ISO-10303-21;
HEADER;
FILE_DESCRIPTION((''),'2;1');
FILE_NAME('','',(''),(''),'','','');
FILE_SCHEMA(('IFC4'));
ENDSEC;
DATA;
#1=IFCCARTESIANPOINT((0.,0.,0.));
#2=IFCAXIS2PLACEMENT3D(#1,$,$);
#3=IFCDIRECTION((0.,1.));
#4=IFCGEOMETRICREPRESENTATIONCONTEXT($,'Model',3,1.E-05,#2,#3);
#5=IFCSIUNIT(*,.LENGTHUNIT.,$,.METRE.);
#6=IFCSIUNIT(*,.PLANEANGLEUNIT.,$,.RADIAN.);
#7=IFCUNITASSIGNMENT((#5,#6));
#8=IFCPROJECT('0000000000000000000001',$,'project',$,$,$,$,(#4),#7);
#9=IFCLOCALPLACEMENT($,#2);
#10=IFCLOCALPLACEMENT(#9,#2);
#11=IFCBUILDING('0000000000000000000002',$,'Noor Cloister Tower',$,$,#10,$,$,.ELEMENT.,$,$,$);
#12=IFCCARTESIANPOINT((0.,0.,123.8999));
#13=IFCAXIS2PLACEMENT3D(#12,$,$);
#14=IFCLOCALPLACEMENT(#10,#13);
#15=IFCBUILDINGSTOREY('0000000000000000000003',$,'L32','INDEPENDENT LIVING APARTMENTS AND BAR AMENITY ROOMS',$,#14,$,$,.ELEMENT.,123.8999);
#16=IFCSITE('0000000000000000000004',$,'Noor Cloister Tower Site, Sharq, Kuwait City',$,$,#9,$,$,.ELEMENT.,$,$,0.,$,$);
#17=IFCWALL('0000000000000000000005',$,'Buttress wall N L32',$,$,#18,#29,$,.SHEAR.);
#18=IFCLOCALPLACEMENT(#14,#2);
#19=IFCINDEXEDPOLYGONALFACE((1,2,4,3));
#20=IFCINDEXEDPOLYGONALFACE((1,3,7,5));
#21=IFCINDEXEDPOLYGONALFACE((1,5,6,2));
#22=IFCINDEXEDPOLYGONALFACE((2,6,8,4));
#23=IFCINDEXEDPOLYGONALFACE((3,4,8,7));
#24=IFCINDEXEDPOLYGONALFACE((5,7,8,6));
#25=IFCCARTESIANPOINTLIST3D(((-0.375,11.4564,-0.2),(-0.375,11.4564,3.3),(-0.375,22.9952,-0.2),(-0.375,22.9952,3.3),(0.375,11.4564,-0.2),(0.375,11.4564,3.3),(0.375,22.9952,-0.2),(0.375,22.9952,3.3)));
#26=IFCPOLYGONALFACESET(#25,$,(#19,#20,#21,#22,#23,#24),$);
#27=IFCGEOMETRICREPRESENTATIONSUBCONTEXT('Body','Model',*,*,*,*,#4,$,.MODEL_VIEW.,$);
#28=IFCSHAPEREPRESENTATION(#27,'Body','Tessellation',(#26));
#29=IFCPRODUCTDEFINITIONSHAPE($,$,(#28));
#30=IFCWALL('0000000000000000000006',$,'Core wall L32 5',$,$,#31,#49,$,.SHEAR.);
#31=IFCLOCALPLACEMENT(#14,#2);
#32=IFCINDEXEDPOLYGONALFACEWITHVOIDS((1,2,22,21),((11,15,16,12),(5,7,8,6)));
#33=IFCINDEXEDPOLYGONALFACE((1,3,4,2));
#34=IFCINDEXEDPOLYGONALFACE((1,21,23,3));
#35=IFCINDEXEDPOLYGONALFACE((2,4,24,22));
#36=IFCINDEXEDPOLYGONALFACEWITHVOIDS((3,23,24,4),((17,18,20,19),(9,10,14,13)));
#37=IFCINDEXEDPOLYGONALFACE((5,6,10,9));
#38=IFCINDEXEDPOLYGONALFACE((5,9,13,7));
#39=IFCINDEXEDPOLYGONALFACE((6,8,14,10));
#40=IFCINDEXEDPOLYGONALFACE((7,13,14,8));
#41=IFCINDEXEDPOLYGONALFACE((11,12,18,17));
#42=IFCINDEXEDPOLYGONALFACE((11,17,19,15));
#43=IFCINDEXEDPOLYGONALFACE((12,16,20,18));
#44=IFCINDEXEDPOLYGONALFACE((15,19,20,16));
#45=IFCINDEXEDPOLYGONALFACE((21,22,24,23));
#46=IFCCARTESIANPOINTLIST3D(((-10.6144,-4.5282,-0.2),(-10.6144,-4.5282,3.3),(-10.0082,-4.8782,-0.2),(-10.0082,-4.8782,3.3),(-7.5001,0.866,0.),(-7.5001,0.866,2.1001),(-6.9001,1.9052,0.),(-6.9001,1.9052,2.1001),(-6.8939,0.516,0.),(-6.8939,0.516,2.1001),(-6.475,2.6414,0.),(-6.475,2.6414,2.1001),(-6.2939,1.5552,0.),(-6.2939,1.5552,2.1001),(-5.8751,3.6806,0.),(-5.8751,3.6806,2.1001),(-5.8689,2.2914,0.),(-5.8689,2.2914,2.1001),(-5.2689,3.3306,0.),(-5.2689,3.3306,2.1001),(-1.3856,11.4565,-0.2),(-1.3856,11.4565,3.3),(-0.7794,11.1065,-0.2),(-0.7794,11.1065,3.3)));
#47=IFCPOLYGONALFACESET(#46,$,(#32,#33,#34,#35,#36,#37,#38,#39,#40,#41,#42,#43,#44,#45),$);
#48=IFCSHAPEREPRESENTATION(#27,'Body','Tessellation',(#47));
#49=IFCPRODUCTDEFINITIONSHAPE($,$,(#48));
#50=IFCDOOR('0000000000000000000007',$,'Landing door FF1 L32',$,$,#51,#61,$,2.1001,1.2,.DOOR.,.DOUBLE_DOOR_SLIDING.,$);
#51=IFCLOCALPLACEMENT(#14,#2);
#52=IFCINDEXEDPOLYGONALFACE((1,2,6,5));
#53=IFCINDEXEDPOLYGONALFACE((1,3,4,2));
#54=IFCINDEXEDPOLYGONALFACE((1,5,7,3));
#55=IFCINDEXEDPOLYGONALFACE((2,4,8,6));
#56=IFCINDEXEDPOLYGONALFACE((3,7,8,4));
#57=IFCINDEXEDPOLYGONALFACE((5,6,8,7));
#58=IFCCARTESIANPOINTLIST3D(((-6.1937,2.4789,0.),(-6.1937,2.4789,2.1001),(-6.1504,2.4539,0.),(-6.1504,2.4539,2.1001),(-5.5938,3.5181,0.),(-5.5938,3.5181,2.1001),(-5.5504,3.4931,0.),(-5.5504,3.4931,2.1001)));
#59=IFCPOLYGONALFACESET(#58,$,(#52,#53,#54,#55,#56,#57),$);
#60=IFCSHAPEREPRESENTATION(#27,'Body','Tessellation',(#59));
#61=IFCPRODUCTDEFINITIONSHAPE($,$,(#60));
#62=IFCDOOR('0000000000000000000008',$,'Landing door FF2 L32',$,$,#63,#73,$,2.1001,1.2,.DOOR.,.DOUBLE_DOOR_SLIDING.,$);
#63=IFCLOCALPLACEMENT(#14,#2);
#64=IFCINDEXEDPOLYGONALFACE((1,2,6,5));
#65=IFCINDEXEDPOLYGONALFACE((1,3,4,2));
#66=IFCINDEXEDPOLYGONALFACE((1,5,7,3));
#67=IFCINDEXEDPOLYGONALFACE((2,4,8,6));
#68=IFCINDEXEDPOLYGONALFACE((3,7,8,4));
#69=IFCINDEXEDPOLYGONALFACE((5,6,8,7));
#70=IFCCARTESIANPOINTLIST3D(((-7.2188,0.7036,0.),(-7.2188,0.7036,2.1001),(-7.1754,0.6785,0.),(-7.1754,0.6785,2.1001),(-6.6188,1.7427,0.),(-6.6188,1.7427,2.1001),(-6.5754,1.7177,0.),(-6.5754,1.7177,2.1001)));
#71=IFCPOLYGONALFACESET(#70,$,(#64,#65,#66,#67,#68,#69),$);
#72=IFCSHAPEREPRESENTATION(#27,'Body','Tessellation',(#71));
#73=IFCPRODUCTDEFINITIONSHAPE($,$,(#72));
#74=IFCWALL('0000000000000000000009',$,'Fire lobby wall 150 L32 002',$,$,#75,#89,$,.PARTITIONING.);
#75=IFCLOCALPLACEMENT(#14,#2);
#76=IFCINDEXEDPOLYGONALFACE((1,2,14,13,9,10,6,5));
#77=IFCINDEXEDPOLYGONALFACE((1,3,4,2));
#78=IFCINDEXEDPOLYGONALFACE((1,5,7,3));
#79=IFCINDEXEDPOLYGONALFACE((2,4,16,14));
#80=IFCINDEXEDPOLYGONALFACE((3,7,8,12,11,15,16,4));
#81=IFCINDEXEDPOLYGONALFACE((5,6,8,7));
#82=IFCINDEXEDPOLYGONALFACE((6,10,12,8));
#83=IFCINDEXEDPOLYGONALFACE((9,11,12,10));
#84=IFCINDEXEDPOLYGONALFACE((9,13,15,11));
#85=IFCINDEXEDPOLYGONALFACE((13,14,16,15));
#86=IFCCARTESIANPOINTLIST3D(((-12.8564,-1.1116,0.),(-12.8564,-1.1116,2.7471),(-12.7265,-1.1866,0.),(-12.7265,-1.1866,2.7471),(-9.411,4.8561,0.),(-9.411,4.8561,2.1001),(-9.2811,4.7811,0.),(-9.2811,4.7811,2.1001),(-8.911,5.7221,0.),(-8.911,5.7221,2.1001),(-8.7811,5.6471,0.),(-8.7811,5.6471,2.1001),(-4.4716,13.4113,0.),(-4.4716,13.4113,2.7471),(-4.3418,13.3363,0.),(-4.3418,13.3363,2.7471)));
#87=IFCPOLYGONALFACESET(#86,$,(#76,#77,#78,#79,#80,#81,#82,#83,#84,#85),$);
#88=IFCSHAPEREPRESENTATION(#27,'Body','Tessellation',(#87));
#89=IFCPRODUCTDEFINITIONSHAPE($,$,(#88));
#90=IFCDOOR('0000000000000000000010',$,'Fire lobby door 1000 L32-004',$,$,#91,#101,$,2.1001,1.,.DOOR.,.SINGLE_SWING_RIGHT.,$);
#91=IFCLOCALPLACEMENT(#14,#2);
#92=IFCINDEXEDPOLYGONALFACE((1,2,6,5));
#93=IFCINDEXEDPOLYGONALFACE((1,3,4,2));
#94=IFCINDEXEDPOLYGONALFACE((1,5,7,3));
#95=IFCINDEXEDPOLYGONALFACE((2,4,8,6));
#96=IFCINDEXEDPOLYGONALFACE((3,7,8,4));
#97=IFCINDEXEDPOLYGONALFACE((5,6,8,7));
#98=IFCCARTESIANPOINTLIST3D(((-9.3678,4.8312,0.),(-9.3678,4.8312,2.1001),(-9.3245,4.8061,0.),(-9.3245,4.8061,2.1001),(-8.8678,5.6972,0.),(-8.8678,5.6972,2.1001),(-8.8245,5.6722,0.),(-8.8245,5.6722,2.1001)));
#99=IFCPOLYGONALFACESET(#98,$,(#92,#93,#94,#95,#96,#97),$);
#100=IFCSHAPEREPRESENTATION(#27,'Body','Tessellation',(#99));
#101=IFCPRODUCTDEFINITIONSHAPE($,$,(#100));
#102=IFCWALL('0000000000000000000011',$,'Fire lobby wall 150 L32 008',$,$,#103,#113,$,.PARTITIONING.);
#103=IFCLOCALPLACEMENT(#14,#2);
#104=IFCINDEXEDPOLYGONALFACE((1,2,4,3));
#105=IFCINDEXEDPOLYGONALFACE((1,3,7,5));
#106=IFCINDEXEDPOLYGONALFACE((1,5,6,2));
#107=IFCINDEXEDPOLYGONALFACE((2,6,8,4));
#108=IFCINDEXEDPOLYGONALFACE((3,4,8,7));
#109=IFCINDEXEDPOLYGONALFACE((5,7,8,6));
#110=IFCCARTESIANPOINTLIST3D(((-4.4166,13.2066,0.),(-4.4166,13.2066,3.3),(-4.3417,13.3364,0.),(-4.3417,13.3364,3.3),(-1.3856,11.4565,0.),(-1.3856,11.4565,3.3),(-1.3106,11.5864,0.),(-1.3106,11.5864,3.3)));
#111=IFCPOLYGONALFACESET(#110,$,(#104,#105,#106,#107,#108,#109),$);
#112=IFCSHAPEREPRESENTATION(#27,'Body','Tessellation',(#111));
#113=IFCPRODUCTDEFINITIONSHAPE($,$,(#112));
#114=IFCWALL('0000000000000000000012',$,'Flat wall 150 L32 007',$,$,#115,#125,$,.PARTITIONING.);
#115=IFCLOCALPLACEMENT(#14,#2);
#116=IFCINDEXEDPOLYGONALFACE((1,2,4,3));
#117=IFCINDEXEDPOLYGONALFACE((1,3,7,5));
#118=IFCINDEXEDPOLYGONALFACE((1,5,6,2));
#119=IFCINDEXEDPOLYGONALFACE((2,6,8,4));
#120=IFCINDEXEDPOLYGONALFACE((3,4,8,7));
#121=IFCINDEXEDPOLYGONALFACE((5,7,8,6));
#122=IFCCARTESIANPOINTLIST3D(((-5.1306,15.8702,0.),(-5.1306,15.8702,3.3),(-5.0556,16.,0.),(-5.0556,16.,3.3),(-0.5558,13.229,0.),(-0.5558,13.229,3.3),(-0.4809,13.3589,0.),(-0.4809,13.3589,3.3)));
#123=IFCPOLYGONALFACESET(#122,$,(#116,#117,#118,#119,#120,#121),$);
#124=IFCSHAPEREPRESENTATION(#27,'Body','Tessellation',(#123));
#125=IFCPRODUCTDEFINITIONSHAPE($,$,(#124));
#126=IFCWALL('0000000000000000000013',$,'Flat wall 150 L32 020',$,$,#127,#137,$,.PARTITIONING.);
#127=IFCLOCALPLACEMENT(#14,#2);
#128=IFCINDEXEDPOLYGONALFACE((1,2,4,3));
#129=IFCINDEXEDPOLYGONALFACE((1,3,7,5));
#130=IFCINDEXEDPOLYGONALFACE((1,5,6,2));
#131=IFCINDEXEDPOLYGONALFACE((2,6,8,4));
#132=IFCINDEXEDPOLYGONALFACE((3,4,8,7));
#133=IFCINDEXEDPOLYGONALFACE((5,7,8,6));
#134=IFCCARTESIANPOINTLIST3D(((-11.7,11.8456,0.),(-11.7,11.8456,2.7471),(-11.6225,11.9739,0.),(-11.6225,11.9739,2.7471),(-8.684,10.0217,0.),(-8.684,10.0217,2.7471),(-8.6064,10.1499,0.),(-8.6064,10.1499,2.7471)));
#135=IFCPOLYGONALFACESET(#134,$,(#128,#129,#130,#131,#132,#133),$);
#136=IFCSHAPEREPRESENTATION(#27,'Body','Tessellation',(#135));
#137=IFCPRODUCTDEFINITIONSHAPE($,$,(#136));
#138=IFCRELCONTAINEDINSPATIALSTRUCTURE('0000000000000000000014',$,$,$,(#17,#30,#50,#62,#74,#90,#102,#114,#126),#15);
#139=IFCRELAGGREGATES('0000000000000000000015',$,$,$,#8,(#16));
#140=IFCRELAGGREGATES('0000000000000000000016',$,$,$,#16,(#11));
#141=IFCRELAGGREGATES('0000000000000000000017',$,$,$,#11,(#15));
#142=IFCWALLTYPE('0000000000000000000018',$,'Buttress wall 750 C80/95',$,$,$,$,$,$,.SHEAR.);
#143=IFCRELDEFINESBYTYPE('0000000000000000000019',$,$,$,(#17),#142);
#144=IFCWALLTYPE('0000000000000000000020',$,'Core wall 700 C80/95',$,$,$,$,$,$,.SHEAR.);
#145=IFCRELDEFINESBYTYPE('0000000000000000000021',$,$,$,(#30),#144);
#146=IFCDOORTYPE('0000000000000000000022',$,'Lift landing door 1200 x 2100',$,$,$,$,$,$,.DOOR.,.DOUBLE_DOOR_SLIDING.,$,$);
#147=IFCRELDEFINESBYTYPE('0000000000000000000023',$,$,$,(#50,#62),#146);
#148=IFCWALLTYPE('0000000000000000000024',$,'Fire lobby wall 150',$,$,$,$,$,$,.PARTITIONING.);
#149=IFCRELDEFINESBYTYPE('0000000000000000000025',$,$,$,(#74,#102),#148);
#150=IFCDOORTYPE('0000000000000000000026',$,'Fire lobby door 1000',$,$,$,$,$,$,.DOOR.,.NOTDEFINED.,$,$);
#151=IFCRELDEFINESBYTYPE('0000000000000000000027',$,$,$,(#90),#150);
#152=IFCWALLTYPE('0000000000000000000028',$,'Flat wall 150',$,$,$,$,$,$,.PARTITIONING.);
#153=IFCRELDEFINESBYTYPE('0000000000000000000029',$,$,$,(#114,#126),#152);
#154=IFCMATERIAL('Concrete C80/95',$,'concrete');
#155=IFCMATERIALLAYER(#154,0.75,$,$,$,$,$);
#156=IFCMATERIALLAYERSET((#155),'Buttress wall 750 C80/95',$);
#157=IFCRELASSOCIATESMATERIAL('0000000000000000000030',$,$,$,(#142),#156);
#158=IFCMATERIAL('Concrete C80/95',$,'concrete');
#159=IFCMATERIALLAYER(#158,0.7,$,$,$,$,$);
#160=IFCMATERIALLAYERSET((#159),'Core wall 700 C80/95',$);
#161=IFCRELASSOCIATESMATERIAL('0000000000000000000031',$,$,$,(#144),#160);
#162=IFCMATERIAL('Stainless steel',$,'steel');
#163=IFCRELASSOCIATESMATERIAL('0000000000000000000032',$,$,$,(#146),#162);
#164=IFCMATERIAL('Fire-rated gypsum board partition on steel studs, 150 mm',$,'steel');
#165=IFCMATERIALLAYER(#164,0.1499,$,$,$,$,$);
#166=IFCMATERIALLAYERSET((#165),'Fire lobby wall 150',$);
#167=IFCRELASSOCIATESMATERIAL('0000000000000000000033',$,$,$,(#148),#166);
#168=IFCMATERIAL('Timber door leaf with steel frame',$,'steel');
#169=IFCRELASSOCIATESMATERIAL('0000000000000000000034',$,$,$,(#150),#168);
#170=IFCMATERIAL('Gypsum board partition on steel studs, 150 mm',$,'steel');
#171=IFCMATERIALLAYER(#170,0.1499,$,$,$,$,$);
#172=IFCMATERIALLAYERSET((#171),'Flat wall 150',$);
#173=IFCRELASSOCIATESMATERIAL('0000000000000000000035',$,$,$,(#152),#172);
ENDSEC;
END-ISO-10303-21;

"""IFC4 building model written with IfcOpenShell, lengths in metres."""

from ifc_helpers import new_model, si_unit, direction, frame, frame_2d, origin, place, context, subcontext, project, spatial, rectangle, extrude, material, layer, layer_set, type_object, element, fill, save


model = new_model("IFC4")

# Units and contexts
model_context = context("Model", 3, precision=1e-05, world=origin(), true_north=direction((0.0, 1.0)))
body_context = subcontext(model_context, "Body", "Model", "MODEL_VIEW")
ifc_project = project(units=[si_unit("LENGTHUNIT", "METRE"), si_unit("PLANEANGLEUNIT", "RADIAN")], contexts=[model_context])

# Site, building, storey
site_placement = place(None, origin())
site = spatial("IfcSite", under=ifc_project, at=site_placement, Name="Noor Cloister Tower Site, Sharq, Kuwait City", CompositionType="ELEMENT", RefElevation=0.0)
building_placement = place(site_placement, origin())
building = spatial("IfcBuilding", under=site, at=building_placement, Name="Noor Cloister Tower", CompositionType="ELEMENT")
storey_placement = place(building_placement, frame((0.0, 0.0, 123.8999)))
storey = spatial("IfcBuildingStorey", under=building, at=storey_placement, Name="L32", Description="INDEPENDENT LIVING APARTMENTS AND BAR AMENITY ROOMS", CompositionType="ELEMENT", Elevation=123.8999)

# Wall
ifc_material_1 = material(Name="Concrete C80/95", Category="concrete")
ifc_layer_1 = layer(ifc_material_1, 0.75)
ifc_layer_set_1 = layer_set([ifc_layer_1], Name="Buttress wall 750 C80/95")
wall_type_1 = type_object("IfcWallType", Name="Buttress wall 750 C80/95", PredefinedType="SHEAR", material=ifc_layer_set_1)
wall_1_placement = place(storey_placement, frame((0.0, 11.4563, -0.2), z_axis=(0.0, 0.0, 1.0), x_axis=(0.0, 1.0, 0.0)))
element("IfcWall", 1, at=wall_1_placement, inside=storey, type_object=wall_type_1, Name="Buttress wall N L32", PredefinedType="SHEAR", context=body_context, shape_type="SweptSolid", body=[
    extrude(rectangle(XDim=11.5388, YDim=0.75, at=frame_2d((5.7695, 0.0))), origin(), (0.0, 0.0, 1.0), 3.5),
])

# Wall, openings, doors
ifc_material_2 = material(Name="Concrete C80/95", Category="concrete")
ifc_layer_2 = layer(ifc_material_2, 0.7)
ifc_layer_set_2 = layer_set([ifc_layer_2], Name="Core wall 700 C80/95")
wall_type_2 = type_object("IfcWallType", Name="Core wall 700 C80/95", PredefinedType="SHEAR", material=ifc_layer_set_2)
wall_2_placement = place(storey_placement, frame((-1.0825, 11.2815, -0.2), z_axis=(0.0, 0.0, 1.0), x_axis=(-0.500001, -0.866025, 0.0)))
wall_2 = element("IfcWall", 2, at=wall_2_placement, inside=storey, type_object=wall_type_2, Name="Core wall L32 5", PredefinedType="SHEAR", context=body_context, shape_type="SweptSolid", body=[
    extrude(rectangle(XDim=18.4575, YDim=0.7, at=frame_2d((9.2288, 0.0))), origin(), (0.0, 0.0, 1.0), 3.5),
])
opening_1_placement = place(wall_2_placement, frame((8.9788, 0.0, 0.2)))
opening_1 = element("IfcOpeningElement", 3, at=opening_1_placement, cuts=wall_2, PredefinedType="OPENING", context=body_context, shape_type="SweptSolid", body=[
    extrude(rectangle(XDim=1.2, YDim=2.1001, at=frame_2d((0.6001, 1.05))), frame((0.0, 0.3599, 0.0), z_axis=(0.0, -1.0, 0.0), x_axis=(1.0, 0.0, 0.0)), (0.0, 0.0, 1.0), 0.72),
])
opening_2_placement = place(wall_2_placement, frame((11.0288, 0.0, 0.2)))
opening_2 = element("IfcOpeningElement", 4, at=opening_2_placement, cuts=wall_2, PredefinedType="OPENING", context=body_context, shape_type="SweptSolid", body=[
    extrude(rectangle(XDim=1.2, YDim=2.1001, at=frame_2d((0.6001, 1.05))), frame((0.0, 0.3599, 0.0), z_axis=(0.0, -1.0, 0.0), x_axis=(1.0, 0.0, 0.0)), (0.0, 0.0, 1.0), 0.72),
])
ifc_material_3 = material(Name="Stainless steel", Category="steel")
door_type_1 = type_object("IfcDoorType", Name="Lift landing door 1200 x 2100", OperationType="DOUBLE_DOOR_SLIDING", PredefinedType="DOOR", material=ifc_material_3)
door_1_placement = place(opening_1_placement, origin())
door_1 = element("IfcDoor", 5, at=door_1_placement, inside=storey, type_object=door_type_1, Name="Landing door FF1 L32", OperationType="DOUBLE_DOOR_SLIDING", OverallHeight=2.1001, OverallWidth=1.2, PredefinedType="DOOR", context=body_context, shape_type="SweptSolid", body=[
    extrude(rectangle(XDim=1.2, YDim=2.1001, at=frame_2d((0.6001, 1.05))), frame((0.0, 0.0249, 0.0), z_axis=(0.0, -1.0, 0.0), x_axis=(1.0, 0.0, 0.0)), (0.0, 0.0, 1.0), 0.05),
])
fill(opening_1, door_1)
door_2_placement = place(opening_2_placement, origin())
door_2 = element("IfcDoor", 6, at=door_2_placement, inside=storey, type_object=door_type_1, Name="Landing door FF2 L32", OperationType="DOUBLE_DOOR_SLIDING", OverallHeight=2.1001, OverallWidth=1.2, PredefinedType="DOOR", context=body_context, shape_type="SweptSolid", body=[
    extrude(rectangle(XDim=1.2, YDim=2.1001, at=frame_2d((0.6001, 1.05))), frame((0.0, 0.0249, 0.0), z_axis=(0.0, -1.0, 0.0), x_axis=(1.0, 0.0, 0.0)), (0.0, 0.0, 1.0), 0.05),
])
fill(opening_2, door_2)

# Wall, opening, door
ifc_material_4 = material(Name="Fire-rated gypsum board partition on steel studs, 150 mm", Category="steel")
ifc_layer_3 = layer(ifc_material_4, 0.1499)
ifc_layer_set_3 = layer_set([ifc_layer_3], Name="Fire lobby wall 150")
wall_type_3 = type_object("IfcWallType", Name="Fire lobby wall 150", PredefinedType="PARTITIONING", material=ifc_layer_set_3)
wall_3_placement = place(storey_placement, frame((-4.4067, 13.3738, 0.0), z_axis=(0.0, 0.0, 1.0), x_axis=(-0.499997, -0.866027, 0.0)))
wall_3 = element("IfcWall", 7, at=wall_3_placement, inside=storey, type_object=wall_type_3, Name="Fire lobby wall 150 L32 002", PredefinedType="PARTITIONING", context=body_context, shape_type="SweptSolid", body=[
    extrude(rectangle(XDim=16.7695, YDim=0.1499, at=frame_2d((8.3848, 0.0))), origin(), (0.0, 0.0, 1.0), 2.7471),
])
opening_3_placement = place(wall_3_placement, frame((8.8787, 0.0, 0.0)))
opening_3 = element("IfcOpeningElement", 8, at=opening_3_placement, cuts=wall_3, PredefinedType="OPENING", context=body_context, shape_type="SweptSolid", body=[
    extrude(rectangle(XDim=1.0, YDim=2.1001, at=frame_2d((0.5, 1.05))), frame((0.0, 0.085, 0.0), z_axis=(0.0, -1.0, 0.0), x_axis=(1.0, 0.0, 0.0)), (0.0, 0.0, 1.0), 0.1699),
])
ifc_material_5 = material(Name="Timber door leaf with steel frame", Category="steel")
door_type_2 = type_object("IfcDoorType", Name="Fire lobby door 1000", OperationType="NOTDEFINED", PredefinedType="DOOR", material=ifc_material_5)
door_3_placement = place(opening_3_placement, origin())
door_3 = element("IfcDoor", 9, at=door_3_placement, inside=storey, type_object=door_type_2, Name="Fire lobby door 1000 L32-004", OperationType="SINGLE_SWING_RIGHT", OverallHeight=2.1001, OverallWidth=1.0, PredefinedType="DOOR", context=body_context, shape_type="SweptSolid", body=[
    extrude(rectangle(XDim=1.0, YDim=2.1001, at=frame_2d((0.5, 1.05))), frame((0.0, 0.0249, 0.0), z_axis=(0.0, -1.0, 0.0), x_axis=(1.0, 0.0, 0.0)), (0.0, 0.0, 1.0), 0.05),
])
fill(opening_3, door_3)

# Walls
wall_4_placement = place(storey_placement, frame((-4.3792, 13.2715, 0.0), z_axis=(0.0, 0.0, 1.0), x_axis=(0.866019, -0.50001, 0.0)))
element("IfcWall", 10, at=wall_4_placement, inside=storey, type_object=wall_type_3, Name="Fire lobby wall 150 L32 008", PredefinedType="PARTITIONING", context=body_context, shape_type="SweptSolid", body=[
    extrude(rectangle(XDim=3.5, YDim=0.1499, at=frame_2d((1.75, 0.0))), origin(), (0.0, 0.0, 1.0), 3.3),
])
ifc_material_6 = material(Name="Gypsum board partition on steel studs, 150 mm", Category="steel")
ifc_layer_4 = layer(ifc_material_6, 0.1499)
ifc_layer_set_4 = layer_set([ifc_layer_4], Name="Flat wall 150")
wall_type_4 = type_object("IfcWallType", Name="Flat wall 150", PredefinedType="PARTITIONING", material=ifc_layer_set_4)
wall_5_placement = place(storey_placement, frame((-5.093, 15.9351, 0.0), z_axis=(0.0, 0.0, 1.0), x_axis=(0.866033, -0.499987, 0.0)))
element("IfcWall", 11, at=wall_5_placement, inside=storey, type_object=wall_type_4, Name="Flat wall 150 L32 007", PredefinedType="PARTITIONING", context=body_context, shape_type="SweptSolid", body=[
    extrude(rectangle(XDim=5.2825, YDim=0.1499, at=frame_2d((2.6411, 0.0))), origin(), (0.0, 0.0, 1.0), 3.3),
])
wall_6_placement = place(storey_placement, frame((-11.6611, 11.9097, 0.0), z_axis=(0.0, 0.0, 1.0), x_axis=(0.855697, -0.517477, 0.0)))
element("IfcWall", 12, at=wall_6_placement, inside=storey, type_object=wall_type_4, Name="Flat wall 150 L32 020", PredefinedType="PARTITIONING", context=body_context, shape_type="SweptSolid", body=[
    extrude(rectangle(XDim=3.5247, YDim=0.1499, at=frame_2d((1.7622, 0.0))), origin(), (0.0, 0.0, 1.0), 2.7471),
])

save(model, "model.ifc")
